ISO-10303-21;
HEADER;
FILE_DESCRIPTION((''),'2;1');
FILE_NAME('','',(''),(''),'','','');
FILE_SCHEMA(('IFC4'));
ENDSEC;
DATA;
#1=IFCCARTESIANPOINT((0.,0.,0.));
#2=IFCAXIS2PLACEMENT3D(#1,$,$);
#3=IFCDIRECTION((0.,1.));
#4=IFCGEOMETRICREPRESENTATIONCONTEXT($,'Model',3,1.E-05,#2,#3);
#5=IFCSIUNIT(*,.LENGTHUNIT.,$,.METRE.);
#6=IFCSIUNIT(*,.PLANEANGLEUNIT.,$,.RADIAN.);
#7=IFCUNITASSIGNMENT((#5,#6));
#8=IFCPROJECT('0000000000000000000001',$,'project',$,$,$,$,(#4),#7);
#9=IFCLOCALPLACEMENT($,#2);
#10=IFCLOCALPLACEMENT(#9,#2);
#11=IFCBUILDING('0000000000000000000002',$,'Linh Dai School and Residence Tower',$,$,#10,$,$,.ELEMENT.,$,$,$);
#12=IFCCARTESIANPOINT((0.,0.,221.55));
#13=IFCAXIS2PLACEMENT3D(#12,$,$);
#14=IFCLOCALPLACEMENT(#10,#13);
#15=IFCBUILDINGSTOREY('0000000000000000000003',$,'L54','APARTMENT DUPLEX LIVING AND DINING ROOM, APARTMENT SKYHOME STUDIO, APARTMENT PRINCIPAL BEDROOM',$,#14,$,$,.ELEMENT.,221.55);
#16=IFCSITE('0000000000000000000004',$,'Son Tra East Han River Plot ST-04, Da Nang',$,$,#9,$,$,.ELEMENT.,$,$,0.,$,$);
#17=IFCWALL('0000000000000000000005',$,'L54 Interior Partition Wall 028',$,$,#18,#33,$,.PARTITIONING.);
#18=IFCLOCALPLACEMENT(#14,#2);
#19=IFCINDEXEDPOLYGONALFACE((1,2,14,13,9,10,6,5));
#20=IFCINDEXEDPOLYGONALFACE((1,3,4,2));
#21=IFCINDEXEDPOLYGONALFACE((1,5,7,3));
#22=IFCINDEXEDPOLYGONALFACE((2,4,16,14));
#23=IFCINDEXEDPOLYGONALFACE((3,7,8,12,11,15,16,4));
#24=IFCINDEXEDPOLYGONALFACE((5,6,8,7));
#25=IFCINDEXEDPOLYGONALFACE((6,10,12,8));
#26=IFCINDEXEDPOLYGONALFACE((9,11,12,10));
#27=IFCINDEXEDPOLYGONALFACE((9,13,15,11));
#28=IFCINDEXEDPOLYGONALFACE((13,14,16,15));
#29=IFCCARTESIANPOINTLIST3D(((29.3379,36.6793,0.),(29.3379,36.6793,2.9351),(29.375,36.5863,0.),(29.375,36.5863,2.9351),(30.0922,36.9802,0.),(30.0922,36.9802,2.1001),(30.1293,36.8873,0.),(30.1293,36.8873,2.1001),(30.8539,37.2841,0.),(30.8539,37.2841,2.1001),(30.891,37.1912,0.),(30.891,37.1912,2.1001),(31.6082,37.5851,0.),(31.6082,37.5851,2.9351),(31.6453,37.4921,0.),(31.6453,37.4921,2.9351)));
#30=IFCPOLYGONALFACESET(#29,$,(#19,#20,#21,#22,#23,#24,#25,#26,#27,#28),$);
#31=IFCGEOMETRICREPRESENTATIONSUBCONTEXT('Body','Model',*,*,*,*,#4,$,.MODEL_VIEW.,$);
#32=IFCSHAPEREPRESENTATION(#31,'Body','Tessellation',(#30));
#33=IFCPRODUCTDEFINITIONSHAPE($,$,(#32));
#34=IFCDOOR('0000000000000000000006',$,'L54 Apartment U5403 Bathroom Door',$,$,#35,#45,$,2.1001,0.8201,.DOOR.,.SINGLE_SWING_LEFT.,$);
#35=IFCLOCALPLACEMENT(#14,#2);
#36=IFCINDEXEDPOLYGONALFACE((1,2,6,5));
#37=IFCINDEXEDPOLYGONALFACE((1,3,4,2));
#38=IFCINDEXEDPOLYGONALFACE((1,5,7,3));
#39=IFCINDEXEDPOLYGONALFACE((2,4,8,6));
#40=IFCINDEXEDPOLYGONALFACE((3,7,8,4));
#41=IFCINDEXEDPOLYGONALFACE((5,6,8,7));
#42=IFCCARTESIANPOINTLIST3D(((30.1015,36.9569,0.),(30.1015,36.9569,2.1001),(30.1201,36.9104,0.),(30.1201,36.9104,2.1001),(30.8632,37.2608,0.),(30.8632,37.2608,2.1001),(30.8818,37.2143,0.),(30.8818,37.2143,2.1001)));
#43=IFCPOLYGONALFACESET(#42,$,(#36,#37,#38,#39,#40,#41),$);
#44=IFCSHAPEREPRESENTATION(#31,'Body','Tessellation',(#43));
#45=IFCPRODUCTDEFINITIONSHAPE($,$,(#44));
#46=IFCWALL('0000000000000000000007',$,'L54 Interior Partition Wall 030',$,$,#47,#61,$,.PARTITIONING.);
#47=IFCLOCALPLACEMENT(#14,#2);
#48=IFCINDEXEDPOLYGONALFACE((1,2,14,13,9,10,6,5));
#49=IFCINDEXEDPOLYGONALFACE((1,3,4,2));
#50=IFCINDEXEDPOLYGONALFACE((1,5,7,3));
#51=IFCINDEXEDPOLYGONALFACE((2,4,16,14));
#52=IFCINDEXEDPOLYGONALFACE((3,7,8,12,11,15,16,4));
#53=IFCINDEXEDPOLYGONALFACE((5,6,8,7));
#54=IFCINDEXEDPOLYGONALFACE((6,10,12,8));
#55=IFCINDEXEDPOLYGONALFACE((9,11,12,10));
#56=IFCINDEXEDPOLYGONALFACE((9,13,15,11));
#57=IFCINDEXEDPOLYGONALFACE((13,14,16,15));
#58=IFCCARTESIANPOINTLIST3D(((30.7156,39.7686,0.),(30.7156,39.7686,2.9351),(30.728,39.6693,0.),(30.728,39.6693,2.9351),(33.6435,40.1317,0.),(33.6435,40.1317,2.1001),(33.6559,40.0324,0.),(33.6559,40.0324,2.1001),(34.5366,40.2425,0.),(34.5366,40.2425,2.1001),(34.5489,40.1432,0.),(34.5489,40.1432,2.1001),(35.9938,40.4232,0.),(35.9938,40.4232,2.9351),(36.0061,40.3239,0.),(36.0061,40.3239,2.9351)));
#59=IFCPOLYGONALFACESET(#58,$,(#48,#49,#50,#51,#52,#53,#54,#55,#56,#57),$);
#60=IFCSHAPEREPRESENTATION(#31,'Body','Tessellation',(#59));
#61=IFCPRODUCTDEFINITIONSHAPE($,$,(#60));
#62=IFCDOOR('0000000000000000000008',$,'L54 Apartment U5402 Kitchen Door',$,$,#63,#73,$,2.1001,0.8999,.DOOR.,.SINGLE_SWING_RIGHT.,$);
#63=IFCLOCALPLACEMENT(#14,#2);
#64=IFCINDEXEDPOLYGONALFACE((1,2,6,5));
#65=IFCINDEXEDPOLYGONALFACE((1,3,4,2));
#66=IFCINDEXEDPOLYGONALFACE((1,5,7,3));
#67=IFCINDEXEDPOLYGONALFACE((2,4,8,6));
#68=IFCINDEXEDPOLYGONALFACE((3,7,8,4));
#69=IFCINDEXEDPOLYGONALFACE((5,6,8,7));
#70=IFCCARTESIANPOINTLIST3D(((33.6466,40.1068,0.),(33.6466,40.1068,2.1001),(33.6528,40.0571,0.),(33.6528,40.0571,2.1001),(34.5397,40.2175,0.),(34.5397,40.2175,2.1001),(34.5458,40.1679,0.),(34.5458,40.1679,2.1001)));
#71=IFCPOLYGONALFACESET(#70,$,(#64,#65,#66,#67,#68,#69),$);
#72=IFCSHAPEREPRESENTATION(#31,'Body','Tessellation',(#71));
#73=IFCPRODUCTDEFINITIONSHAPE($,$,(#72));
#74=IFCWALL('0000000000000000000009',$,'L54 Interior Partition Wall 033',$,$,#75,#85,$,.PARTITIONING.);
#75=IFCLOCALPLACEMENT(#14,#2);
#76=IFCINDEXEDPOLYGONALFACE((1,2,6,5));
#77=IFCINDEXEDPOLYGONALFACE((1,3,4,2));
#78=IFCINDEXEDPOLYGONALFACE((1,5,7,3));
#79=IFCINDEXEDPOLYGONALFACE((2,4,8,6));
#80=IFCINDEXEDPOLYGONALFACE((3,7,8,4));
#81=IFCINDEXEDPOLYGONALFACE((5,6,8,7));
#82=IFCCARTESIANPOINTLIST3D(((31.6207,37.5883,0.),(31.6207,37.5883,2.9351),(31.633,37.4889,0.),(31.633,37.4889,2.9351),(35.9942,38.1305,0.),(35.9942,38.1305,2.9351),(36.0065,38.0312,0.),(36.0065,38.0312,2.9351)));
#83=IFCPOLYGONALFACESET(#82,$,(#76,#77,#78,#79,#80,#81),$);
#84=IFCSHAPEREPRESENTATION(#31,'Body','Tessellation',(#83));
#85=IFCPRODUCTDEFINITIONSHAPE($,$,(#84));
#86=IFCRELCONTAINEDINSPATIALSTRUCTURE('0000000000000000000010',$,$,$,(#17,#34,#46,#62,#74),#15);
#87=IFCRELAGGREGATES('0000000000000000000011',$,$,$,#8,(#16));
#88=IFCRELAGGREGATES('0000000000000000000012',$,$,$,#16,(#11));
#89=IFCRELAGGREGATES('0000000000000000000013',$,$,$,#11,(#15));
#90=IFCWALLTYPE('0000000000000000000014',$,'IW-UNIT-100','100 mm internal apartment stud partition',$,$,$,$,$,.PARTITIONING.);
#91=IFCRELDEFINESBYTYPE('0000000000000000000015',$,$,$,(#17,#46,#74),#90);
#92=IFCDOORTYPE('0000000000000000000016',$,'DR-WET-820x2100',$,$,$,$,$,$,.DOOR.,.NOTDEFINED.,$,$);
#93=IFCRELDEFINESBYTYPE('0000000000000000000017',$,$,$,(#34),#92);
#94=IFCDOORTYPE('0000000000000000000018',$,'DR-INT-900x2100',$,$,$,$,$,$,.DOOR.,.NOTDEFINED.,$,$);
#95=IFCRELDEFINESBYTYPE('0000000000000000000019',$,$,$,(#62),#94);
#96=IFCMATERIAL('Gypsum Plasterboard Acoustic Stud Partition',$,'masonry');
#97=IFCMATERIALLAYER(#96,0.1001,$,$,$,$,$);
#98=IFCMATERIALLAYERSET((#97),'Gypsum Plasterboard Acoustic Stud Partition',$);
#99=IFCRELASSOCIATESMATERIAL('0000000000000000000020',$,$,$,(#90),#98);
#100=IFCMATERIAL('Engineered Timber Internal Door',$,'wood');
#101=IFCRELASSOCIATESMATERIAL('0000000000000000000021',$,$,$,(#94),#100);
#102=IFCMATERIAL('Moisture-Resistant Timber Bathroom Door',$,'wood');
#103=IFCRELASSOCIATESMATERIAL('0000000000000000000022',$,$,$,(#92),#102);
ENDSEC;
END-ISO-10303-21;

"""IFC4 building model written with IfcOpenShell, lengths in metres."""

from ifc_helpers import new_model, si_unit, direction, frame, frame_2d, origin, origin_2d, place, context, subcontext, project, spatial, rectangle, extrude, source, transform, mapped, material, layer, layer_set, type_object, element, fill, save


model = new_model("IFC4")

# Units and contexts
model_context = context("Model", 3, precision=1e-05, world=origin(), true_north=direction((0.0, 1.0)))
body_context = subcontext(model_context, "Body", "Model", "MODEL_VIEW")
ifc_project = project(units=[si_unit("LENGTHUNIT", "METRE"), si_unit("PLANEANGLEUNIT", "RADIAN")], contexts=[model_context])

# Site, building, storey
site_placement = place(None, origin())
site = spatial("IfcSite", under=ifc_project, at=site_placement, Name="Son Tra East Han River Plot ST-04, Da Nang", CompositionType="ELEMENT", RefElevation=0.0)
building_placement = place(site_placement, origin())
building = spatial("IfcBuilding", under=site, at=building_placement, Name="Linh Dai School and Residence Tower", CompositionType="ELEMENT")
storey_placement = place(building_placement, frame((0.0, 0.0, 221.55)))
storey = spatial("IfcBuildingStorey", under=building, at=storey_placement, Name="L54", Description="APARTMENT DUPLEX LIVING AND DINING ROOM, APARTMENT SKYHOME STUDIO, APARTMENT PRINCIPAL BEDROOM", CompositionType="ELEMENT", Elevation=221.55)

# Shared definitions
ifc_material_1 = material(Name="Gypsum Plasterboard Acoustic Stud Partition", Category="masonry")
ifc_layer_1 = layer(ifc_material_1, 0.1001)
ifc_layer_set_1 = layer_set([ifc_layer_1], Name="Gypsum Plasterboard Acoustic Stud Partition")
wall_type_1 = type_object("IfcWallType", Name="IW-UNIT-100", Description="100 mm internal apartment stud partition", PredefinedType="PARTITIONING", material=ifc_layer_set_1)

# Walls, openings, doors
ifc_material_2 = material(Name="Engineered Timber Internal Door", Category="wood")
door_type_1 = type_object("IfcDoorType", Name="DR-INT-900x2100", OperationType="NOTDEFINED", PredefinedType="DOOR", material=ifc_material_2)
shared_shape_1 = source(origin(), body_context, "Body", "SweptSolid", [
    extrude(rectangle(XDim=0.8999, YDim=2.1001, at=origin_2d()), frame((0.45, 0.0249, 1.05), z_axis=(0.0, -1.0, 0.0), x_axis=(1.0, 0.0, 0.0)), (0.0, 0.0, 1.0), 0.05),
])
wall_1_placement = place(storey_placement, frame((29.3564, 36.6328, 0.0), z_axis=(0.0, 0.0, 1.0), x_axis=(0.928807, 0.370564, 0.0)))
wall_1 = element("IfcWall", 1, at=wall_1_placement, inside=storey, type_object=wall_type_1, Name="L54 Interior Partition Wall 028", PredefinedType="PARTITIONING", context=body_context, shape_type="SweptSolid", body=[
    extrude(rectangle(XDim=2.4443, YDim=0.1001, at=frame_2d((1.2222, 0.0))), origin(), (0.0, 0.0, 1.0), 2.9351),
])
opening_1_placement = place(wall_1_placement, frame((0.812, 0.0, 0.0)))
opening_1 = element("IfcOpeningElement", 2, at=opening_1_placement, cuts=wall_1, PredefinedType="OPENING", context=body_context, shape_type="SweptSolid", body=[
    extrude(rectangle(XDim=0.8201, YDim=2.1001, at=origin_2d()), frame((0.4102, 0.0601, 1.05), z_axis=(0.0, -1.0, 0.0), x_axis=(1.0, 0.0, 0.0)), (0.0, 0.0, 1.0), 0.1201),
])
ifc_material_3 = material(Name="Moisture-Resistant Timber Bathroom Door", Category="wood")
door_type_2 = type_object("IfcDoorType", Name="DR-WET-820x2100", OperationType="NOTDEFINED", PredefinedType="DOOR", material=ifc_material_3)
shared_shape_2 = source(origin(), body_context, "Body", "SweptSolid", [
    extrude(rectangle(XDim=0.8201, YDim=2.1001, at=origin_2d()), frame((0.4102, 0.0249, 1.05), z_axis=(0.0, -1.0, 0.0), x_axis=(1.0, 0.0, 0.0)), (0.0, 0.0, 1.0), 0.05),
])
door_1_placement = place(opening_1_placement, origin())
door_1 = element("IfcDoor", 3, at=door_1_placement, inside=storey, type_object=door_type_2, Name="L54 Apartment U5403 Bathroom Door", OperationType="SINGLE_SWING_LEFT", OverallHeight=2.1001, OverallWidth=0.8201, PredefinedType="DOOR", context=body_context, shape_type="MappedRepresentation", body=[
    mapped(shared_shape_2, transform((0.0, 0.0, 0.0), x_axis=(1.0, 0.0, 0.0), y_axis=(0.0, 1.0, 0.0), z_axis=(0.0, 0.0, 1.0), scale=1.0)),
])
fill(opening_1, door_1)
wall_2_placement = place(storey_placement, frame((30.7219, 39.719, 0.0), z_axis=(0.0, 0.0, 1.0), x_axis=(0.992398, 0.123069, 0.0)))
wall_2 = element("IfcWall", 4, at=wall_2_placement, inside=storey, type_object=wall_type_1, Name="L54 Interior Partition Wall 030", PredefinedType="PARTITIONING", context=body_context, shape_type="SweptSolid", body=[
    extrude(rectangle(XDim=5.3186, YDim=0.1001, at=frame_2d((2.6592, 0.0))), origin(), (0.0, 0.0, 1.0), 2.9351),
])
opening_2_placement = place(wall_2_placement, frame((2.9502, 0.0, 0.0)))
opening_2 = element("IfcOpeningElement", 5, at=opening_2_placement, cuts=wall_2, PredefinedType="OPENING", context=body_context, shape_type="SweptSolid", body=[
    extrude(rectangle(XDim=0.8999, YDim=2.1001, at=origin_2d()), frame((0.45, 0.0601, 1.05), z_axis=(0.0, -1.0, 0.0), x_axis=(1.0, 0.0, 0.0)), (0.0, 0.0, 1.0), 0.1201),
])
door_2_placement = place(opening_2_placement, origin())
door_2 = element("IfcDoor", 6, at=door_2_placement, inside=storey, type_object=door_type_1, Name="L54 Apartment U5402 Kitchen Door", OperationType="SINGLE_SWING_RIGHT", OverallHeight=2.1001, OverallWidth=0.8999, PredefinedType="DOOR", context=body_context, shape_type="MappedRepresentation", body=[
    mapped(shared_shape_1, transform((0.0, 0.0, 0.0), x_axis=(1.0, 0.0, 0.0), y_axis=(0.0, 1.0, 0.0), z_axis=(0.0, 0.0, 1.0), scale=1.0)),
])
fill(opening_2, door_2)

# Wall
wall_3_placement = place(storey_placement, frame((31.6267, 37.5386, 0.0), z_axis=(0.0, 0.0, 1.0), x_axis=(0.992402, 0.123039, 0.0)))
element("IfcWall", 7, at=wall_3_placement, inside=storey, type_object=wall_type_1, Name="L54 Interior Partition Wall 033", PredefinedType="PARTITIONING", context=body_context, shape_type="SweptSolid", body=[
    extrude(rectangle(XDim=4.407, YDim=0.1001, at=frame_2d((2.2036, 0.0))), origin(), (0.0, 0.0, 1.0), 2.9351),
])

save(model, "model.ifc")
